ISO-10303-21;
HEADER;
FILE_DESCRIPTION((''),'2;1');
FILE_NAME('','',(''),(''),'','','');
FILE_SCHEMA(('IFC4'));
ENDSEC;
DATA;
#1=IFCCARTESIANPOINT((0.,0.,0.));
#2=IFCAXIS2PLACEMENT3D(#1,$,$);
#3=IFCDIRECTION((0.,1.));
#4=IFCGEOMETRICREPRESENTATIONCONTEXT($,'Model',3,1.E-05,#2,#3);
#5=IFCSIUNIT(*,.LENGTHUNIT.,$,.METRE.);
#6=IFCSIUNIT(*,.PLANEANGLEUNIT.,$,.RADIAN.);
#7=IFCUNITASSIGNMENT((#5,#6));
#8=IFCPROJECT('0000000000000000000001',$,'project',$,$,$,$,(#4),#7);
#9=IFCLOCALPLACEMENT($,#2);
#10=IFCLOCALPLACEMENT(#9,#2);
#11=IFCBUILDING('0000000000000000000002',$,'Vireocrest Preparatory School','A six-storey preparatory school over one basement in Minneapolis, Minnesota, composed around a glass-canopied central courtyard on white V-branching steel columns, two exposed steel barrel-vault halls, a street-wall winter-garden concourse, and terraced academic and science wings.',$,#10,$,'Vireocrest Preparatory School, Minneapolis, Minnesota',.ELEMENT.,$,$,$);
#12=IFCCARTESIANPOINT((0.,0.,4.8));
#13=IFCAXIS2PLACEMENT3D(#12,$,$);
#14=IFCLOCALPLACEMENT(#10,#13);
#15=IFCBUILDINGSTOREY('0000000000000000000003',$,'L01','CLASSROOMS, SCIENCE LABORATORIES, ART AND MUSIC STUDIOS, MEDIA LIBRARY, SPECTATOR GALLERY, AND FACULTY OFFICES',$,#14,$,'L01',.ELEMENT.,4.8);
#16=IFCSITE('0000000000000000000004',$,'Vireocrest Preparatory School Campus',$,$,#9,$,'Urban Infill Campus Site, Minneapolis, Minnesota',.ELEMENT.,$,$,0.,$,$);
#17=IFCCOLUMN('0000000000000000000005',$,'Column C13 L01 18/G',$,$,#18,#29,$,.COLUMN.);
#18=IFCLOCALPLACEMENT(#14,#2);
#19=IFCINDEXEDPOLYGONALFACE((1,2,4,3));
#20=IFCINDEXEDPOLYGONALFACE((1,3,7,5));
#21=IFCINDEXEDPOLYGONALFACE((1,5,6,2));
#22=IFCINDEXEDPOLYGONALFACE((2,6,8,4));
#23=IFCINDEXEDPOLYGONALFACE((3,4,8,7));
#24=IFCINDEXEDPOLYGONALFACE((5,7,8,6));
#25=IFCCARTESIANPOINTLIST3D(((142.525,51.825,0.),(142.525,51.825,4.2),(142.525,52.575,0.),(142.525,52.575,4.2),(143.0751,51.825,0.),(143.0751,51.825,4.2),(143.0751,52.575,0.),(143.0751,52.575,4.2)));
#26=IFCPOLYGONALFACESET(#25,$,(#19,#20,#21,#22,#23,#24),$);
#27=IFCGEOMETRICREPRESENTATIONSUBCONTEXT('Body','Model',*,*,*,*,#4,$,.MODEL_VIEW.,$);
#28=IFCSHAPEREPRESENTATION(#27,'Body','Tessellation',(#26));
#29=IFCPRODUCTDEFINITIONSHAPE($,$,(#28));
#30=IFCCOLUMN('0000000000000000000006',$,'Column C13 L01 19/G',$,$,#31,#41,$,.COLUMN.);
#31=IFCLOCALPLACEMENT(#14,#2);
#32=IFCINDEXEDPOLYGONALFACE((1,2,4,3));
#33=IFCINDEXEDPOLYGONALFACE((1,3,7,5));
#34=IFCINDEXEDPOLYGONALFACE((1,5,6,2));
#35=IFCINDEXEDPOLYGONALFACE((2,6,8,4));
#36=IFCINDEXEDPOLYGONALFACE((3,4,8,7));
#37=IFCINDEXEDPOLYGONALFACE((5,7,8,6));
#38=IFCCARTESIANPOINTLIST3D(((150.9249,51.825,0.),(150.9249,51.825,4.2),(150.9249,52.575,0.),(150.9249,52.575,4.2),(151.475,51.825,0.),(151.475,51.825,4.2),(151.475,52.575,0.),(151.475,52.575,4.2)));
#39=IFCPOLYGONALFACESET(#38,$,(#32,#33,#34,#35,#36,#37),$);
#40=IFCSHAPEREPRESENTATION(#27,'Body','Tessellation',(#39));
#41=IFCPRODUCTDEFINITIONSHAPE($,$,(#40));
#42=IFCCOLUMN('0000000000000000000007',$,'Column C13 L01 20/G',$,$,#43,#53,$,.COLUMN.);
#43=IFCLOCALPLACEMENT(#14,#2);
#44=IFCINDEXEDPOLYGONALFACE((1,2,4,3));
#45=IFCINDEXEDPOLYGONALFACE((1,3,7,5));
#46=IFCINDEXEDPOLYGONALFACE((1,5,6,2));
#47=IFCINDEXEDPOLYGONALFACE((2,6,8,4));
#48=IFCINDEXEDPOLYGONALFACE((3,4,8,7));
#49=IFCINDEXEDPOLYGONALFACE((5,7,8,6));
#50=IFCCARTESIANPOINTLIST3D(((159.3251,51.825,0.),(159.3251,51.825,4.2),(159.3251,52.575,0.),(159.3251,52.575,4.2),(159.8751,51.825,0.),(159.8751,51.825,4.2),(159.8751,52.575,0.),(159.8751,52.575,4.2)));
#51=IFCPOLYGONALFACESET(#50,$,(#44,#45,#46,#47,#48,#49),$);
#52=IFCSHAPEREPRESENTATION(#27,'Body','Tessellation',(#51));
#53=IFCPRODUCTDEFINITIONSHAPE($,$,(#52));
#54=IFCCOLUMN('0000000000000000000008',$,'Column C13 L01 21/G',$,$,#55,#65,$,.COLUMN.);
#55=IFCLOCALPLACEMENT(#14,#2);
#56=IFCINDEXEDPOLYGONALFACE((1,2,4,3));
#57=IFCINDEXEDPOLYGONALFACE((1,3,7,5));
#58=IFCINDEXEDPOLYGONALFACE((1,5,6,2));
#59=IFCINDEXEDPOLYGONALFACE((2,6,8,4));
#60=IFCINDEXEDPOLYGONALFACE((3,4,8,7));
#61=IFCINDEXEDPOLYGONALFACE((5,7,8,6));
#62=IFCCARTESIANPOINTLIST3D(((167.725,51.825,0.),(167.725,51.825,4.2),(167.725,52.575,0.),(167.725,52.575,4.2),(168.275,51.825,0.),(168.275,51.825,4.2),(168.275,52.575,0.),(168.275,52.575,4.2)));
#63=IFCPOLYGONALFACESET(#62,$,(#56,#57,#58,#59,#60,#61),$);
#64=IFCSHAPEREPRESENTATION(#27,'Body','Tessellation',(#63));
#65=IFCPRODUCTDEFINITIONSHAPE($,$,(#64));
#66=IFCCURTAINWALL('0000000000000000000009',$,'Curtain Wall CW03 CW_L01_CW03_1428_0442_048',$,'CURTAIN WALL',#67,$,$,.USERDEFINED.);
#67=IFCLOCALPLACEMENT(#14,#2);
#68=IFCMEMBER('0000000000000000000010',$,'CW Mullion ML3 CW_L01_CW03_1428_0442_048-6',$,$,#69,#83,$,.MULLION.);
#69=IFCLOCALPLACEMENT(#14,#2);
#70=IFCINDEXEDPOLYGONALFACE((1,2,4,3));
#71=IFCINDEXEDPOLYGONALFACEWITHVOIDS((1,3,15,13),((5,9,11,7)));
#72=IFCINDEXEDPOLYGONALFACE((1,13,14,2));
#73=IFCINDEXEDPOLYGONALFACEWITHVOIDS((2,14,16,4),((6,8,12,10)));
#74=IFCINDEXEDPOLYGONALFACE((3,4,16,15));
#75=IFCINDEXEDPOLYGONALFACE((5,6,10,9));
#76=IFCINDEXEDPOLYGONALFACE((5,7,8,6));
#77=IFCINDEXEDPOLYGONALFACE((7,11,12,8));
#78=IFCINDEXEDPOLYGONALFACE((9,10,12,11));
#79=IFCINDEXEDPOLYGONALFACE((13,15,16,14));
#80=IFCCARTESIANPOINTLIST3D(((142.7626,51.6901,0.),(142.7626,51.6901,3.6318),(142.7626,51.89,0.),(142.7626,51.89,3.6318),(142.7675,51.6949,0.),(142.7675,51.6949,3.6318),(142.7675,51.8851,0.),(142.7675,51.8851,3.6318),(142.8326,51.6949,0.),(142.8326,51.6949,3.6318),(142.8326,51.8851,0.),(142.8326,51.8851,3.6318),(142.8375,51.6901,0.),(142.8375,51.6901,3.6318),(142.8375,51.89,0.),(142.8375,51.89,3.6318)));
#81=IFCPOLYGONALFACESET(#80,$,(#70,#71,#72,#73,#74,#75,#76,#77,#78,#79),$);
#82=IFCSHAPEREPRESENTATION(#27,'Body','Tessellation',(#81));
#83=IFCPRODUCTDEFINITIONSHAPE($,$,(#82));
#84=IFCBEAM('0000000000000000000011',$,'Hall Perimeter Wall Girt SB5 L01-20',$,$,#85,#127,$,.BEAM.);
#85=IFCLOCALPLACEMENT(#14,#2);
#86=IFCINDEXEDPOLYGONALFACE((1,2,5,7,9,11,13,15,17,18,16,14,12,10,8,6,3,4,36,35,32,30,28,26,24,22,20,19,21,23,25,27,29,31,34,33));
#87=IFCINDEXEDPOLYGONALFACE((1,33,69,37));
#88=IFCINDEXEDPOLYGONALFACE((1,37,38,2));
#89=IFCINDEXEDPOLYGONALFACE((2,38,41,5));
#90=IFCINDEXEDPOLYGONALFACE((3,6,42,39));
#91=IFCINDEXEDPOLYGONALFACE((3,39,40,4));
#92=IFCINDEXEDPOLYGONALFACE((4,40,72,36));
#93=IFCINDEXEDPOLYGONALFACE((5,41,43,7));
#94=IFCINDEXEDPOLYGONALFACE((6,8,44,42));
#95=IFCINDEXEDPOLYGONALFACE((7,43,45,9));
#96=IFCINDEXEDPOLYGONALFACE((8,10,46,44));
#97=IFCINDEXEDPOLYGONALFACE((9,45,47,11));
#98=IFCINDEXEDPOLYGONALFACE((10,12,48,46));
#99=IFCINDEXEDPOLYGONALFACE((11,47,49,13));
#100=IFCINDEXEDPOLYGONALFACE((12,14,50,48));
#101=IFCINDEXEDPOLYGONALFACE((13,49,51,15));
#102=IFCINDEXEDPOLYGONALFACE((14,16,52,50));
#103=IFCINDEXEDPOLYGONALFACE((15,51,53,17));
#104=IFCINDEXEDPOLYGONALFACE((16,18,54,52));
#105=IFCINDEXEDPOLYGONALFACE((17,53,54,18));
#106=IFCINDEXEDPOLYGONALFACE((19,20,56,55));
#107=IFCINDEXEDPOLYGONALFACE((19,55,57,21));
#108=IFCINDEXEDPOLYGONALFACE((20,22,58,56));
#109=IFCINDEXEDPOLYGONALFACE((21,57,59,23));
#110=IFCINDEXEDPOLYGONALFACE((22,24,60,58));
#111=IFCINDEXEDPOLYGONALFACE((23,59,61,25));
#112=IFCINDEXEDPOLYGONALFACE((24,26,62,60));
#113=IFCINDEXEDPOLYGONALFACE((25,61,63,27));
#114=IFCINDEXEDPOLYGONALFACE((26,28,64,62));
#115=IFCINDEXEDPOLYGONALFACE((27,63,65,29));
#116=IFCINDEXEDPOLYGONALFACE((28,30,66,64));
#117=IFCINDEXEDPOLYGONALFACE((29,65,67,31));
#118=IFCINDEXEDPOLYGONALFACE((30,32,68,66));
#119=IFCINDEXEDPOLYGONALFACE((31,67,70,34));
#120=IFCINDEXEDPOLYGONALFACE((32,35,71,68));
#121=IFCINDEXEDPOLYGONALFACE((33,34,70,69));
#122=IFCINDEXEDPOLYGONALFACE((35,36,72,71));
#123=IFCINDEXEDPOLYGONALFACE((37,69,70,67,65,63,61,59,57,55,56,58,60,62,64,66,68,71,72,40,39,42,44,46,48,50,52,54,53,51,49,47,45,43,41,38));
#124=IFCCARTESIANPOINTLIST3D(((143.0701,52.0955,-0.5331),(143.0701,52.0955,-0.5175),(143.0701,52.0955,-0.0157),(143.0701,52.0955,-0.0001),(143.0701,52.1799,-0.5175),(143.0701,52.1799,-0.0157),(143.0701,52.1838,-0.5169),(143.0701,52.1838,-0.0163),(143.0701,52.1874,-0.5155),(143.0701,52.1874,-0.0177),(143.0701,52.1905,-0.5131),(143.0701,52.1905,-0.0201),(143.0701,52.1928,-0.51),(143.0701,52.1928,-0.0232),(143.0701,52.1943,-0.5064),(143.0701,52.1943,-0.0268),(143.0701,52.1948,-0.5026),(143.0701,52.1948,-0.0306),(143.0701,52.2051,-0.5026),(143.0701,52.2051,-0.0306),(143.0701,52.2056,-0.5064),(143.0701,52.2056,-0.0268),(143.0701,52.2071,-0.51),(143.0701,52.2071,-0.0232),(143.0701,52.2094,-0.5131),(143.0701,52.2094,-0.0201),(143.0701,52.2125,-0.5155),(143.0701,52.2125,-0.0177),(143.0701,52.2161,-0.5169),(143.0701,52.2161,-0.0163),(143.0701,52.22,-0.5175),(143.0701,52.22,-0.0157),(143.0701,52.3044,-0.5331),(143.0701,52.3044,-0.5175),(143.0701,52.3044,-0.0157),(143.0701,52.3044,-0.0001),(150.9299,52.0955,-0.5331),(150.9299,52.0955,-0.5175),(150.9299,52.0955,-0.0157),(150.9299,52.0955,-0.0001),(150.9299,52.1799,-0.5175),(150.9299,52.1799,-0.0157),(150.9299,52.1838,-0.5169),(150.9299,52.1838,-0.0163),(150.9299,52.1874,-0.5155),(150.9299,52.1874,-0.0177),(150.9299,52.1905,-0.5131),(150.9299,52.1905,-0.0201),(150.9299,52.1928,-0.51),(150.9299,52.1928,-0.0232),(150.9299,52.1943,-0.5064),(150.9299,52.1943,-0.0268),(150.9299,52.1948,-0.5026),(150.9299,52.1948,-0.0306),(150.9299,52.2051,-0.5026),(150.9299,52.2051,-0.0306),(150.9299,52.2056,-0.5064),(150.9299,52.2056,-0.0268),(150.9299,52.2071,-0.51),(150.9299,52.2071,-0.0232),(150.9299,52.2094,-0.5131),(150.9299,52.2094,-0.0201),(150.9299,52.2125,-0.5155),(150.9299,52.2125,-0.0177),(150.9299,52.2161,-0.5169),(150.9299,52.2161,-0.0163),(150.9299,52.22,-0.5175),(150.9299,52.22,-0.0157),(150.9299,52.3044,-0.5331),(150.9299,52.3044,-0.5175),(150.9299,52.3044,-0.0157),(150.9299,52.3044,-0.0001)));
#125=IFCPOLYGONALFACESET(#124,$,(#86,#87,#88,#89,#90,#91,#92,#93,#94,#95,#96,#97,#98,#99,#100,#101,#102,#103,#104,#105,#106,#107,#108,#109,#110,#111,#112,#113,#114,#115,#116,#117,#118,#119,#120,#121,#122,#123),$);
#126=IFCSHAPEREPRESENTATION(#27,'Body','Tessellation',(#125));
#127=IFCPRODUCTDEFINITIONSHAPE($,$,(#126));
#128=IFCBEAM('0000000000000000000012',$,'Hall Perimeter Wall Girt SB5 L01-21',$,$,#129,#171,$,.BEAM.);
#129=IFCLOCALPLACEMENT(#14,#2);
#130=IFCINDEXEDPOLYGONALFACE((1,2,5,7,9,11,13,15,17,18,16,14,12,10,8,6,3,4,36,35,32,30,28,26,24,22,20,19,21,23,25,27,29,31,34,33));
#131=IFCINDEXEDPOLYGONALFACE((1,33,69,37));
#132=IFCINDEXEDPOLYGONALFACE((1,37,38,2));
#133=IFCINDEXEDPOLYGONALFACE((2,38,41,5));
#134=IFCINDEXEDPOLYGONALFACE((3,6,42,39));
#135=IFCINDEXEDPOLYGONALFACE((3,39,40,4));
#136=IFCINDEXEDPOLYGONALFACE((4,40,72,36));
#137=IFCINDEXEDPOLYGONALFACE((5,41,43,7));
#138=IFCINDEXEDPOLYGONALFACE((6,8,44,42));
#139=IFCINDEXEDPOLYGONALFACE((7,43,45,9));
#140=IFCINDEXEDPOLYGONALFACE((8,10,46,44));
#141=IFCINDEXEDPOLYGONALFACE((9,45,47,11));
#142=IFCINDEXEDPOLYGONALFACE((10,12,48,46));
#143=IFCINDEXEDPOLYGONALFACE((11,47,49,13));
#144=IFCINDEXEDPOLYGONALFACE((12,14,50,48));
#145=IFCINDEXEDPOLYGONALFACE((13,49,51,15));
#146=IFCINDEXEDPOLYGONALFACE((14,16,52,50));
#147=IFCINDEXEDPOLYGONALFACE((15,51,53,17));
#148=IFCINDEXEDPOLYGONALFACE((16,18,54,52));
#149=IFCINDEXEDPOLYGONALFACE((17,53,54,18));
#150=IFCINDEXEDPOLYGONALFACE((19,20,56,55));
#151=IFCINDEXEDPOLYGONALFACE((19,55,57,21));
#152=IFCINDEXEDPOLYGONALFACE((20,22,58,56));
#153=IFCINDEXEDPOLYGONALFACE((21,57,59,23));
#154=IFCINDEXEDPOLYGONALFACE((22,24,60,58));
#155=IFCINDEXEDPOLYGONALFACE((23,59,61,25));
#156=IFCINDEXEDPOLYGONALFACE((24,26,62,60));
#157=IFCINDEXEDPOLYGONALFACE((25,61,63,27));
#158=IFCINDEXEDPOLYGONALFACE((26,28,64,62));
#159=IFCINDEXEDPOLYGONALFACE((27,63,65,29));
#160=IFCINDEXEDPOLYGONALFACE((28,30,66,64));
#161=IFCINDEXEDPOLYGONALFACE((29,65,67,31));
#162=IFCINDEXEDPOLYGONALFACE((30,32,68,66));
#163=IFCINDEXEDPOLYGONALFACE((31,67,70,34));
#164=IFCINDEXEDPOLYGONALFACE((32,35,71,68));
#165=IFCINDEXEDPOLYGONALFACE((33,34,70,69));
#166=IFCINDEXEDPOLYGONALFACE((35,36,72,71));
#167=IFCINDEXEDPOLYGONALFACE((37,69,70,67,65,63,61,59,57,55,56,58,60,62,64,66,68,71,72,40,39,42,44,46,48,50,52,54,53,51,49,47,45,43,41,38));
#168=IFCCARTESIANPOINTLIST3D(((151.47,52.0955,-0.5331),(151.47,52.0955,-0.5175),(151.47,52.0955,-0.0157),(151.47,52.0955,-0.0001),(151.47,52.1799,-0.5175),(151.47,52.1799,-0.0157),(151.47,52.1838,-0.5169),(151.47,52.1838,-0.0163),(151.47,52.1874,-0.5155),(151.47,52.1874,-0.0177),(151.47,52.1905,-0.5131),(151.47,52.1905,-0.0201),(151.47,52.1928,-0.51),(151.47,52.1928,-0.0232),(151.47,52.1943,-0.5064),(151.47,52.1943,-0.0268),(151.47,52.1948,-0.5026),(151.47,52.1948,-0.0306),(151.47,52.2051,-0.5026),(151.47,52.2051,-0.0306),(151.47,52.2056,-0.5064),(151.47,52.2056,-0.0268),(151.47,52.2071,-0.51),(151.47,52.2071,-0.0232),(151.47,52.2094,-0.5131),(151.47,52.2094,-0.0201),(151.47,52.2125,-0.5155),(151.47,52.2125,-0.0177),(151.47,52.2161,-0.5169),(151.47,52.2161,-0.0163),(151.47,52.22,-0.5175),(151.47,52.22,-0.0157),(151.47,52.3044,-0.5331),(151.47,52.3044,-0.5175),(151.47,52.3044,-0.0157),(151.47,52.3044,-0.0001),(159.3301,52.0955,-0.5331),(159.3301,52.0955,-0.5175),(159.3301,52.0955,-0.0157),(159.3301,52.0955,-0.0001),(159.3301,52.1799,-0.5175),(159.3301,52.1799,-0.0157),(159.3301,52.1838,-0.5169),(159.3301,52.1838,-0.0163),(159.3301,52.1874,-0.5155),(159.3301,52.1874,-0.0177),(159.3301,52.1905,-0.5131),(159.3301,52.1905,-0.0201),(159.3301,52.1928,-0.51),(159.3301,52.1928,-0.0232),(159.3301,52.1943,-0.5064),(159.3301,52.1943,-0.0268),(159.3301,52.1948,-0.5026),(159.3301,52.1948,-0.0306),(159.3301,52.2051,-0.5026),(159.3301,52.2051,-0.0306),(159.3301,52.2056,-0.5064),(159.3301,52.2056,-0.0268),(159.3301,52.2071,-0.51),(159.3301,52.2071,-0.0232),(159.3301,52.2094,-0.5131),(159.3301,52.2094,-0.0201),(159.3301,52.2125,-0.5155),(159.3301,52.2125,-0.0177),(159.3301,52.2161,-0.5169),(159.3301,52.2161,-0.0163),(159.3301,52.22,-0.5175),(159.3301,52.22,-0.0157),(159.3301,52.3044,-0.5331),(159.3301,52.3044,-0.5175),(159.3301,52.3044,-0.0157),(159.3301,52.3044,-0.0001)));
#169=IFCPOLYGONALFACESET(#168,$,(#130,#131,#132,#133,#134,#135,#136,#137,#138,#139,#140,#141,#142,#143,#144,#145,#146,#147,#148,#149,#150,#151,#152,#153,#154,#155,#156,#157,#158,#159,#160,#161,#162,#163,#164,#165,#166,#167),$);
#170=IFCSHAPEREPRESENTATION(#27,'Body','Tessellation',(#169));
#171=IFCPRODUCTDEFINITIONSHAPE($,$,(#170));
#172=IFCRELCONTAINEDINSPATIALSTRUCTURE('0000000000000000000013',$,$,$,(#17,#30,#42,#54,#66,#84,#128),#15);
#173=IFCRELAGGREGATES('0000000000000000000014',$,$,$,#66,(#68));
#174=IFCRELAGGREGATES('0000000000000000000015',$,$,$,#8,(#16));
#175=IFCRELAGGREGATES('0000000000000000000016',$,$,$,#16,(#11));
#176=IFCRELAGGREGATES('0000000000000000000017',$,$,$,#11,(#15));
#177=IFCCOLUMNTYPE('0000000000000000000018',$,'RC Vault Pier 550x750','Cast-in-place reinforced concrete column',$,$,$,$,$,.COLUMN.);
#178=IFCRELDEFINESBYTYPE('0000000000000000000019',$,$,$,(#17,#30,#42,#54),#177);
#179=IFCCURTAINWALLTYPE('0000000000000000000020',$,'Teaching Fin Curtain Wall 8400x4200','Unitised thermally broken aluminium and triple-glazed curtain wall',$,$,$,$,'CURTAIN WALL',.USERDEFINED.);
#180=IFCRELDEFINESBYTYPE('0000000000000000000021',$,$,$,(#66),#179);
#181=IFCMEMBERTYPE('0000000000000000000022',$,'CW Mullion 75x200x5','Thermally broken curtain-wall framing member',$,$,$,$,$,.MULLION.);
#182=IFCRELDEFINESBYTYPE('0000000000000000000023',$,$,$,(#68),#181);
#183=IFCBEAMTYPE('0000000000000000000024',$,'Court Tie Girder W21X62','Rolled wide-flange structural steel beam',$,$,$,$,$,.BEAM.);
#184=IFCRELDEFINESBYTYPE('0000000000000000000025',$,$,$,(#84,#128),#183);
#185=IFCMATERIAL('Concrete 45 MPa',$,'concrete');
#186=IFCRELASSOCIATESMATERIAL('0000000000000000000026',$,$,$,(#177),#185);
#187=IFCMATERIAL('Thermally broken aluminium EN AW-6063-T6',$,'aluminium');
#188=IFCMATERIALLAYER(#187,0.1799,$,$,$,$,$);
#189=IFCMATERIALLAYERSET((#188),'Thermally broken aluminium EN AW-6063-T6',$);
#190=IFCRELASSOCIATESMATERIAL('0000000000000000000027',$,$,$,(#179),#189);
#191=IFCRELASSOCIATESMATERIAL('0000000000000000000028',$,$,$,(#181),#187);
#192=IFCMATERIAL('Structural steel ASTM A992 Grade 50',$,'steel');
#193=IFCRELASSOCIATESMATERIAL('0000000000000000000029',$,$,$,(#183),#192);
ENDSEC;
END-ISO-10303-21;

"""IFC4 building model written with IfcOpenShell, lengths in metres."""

from ifc_helpers import new_model, si_unit, direction, frame, origin, origin_2d, place, context, subcontext, project, spatial, rectangle, hollow_rectangle, i_section, extrude, material, layer, layer_set, material_profile, profile_set, type_object, element, aggregate, save


model = new_model("IFC4")

# Units and contexts
model_context = context("Model", 3, precision=1e-05, world=origin(), true_north=direction((0.0, 1.0)))
body_context = subcontext(model_context, "Body", "Model", "MODEL_VIEW")
ifc_project = project(units=[si_unit("LENGTHUNIT", "METRE"), si_unit("PLANEANGLEUNIT", "RADIAN")], contexts=[model_context])

# Site, building, storey
site_placement = place(None, origin())
site = spatial("IfcSite", under=ifc_project, at=site_placement, Name="Vireocrest Preparatory School Campus", LongName="Urban Infill Campus Site, Minneapolis, Minnesota", CompositionType="ELEMENT", RefElevation=0.0)
building_placement = place(site_placement, origin())
building = spatial("IfcBuilding", under=site, at=building_placement, Name="Vireocrest Preparatory School", Description="A six-storey preparatory school over one basement in Minneapolis, Minnesota, composed around a glass-canopied central courtyard on white V-branching steel columns, two exposed steel barrel-vault halls, a street-wall winter-garden concourse, and terraced academic and science wings.", LongName="Vireocrest Preparatory School, Minneapolis, Minnesota", CompositionType="ELEMENT")
storey_placement = place(building_placement, frame((0.0, 0.0, 4.8)))
storey = spatial("IfcBuildingStorey", under=building, at=storey_placement, Name="L01", Description="CLASSROOMS, SCIENCE LABORATORIES, ART AND MUSIC STUDIOS, MEDIA LIBRARY, SPECTATOR GALLERY, AND FACULTY OFFICES", LongName="L01", CompositionType="ELEMENT", Elevation=4.8)

# Columns
ifc_material_1 = material(Name="Concrete 45 MPa", Category="concrete")
ifc_material_profile_1 = material_profile(ifc_material_1, rectangle(XDim=0.55, YDim=0.75, at=origin_2d()), Name="RC 550x750")
ifc_profile_set_1 = profile_set([ifc_material_profile_1], Name="Concrete 45 MPa")
column_type = type_object("IfcColumnType", Name="RC Vault Pier 550x750", Description="Cast-in-place reinforced concrete column", PredefinedType="COLUMN", material=ifc_profile_set_1)
for number, where, z_axis, x_axis, name in (
    (1, (142.8, 52.2, 0.0), (0.0, 0.0, 1.0), (1.0, 0.0, 0.0), "Column C13 L01 18/G"),
    (2, (151.2, 52.2, 0.0), (0.0, 0.0, 1.0), (1.0, 0.0, 0.0), "Column C13 L01 19/G"),
    (3, (159.6001, 52.2, 0.0), (0.0, 0.0, 1.0), (1.0, 0.0, 0.0), "Column C13 L01 20/G"),
    (4, (168.0, 52.2, 0.0), (0.0, 0.0, 1.0), (1.0, 0.0, 0.0), "Column C13 L01 21/G"),
):
    element("IfcColumn", number, at=place(storey_placement, frame(where, z_axis=z_axis, x_axis=x_axis)), inside=storey, type_object=column_type, Name=name, PredefinedType="COLUMN", context=body_context, shape_type="SweptSolid", body=[
        extrude(rectangle(XDim=0.55, YDim=0.75, at=origin_2d()), origin(), (0.0, 0.0, 1.0), 4.2),
    ])

# Curtain wall, member
ifc_material_2 = material(Name="Thermally broken aluminium EN AW-6063-T6", Category="aluminium")
ifc_layer_1 = layer(ifc_material_2, 0.1799)
ifc_layer_set_1 = layer_set([ifc_layer_1], Name="Thermally broken aluminium EN AW-6063-T6")
curtain_wall_type = type_object("IfcCurtainWallType", Name="Teaching Fin Curtain Wall 8400x4200", Description="Unitised thermally broken aluminium and triple-glazed curtain wall", ElementType="CURTAIN WALL", PredefinedType="USERDEFINED", material=ifc_layer_set_1)
curtain_wall_placement = place(storey_placement, origin())
curtain_wall = element("IfcCurtainWall", 5, at=curtain_wall_placement, inside=storey, type_object=curtain_wall_type, Name="Curtain Wall CW03 CW_L01_CW03_1428_0442_048", ObjectType="CURTAIN WALL", PredefinedType="USERDEFINED")
ifc_material_profile_2 = material_profile(ifc_material_2, hollow_rectangle(XDim=0.075, YDim=0.2, WallThickness=0.0049, at=origin_2d()), Name="ALU 75x200x5")
ifc_profile_set_2 = profile_set([ifc_material_profile_2], Name="Thermally broken aluminium EN AW-6063-T6")
member_type = type_object("IfcMemberType", Name="CW Mullion 75x200x5", Description="Thermally broken curtain-wall framing member", PredefinedType="MULLION", material=ifc_profile_set_2)
member_placement = place(storey_placement, frame((142.8, 51.79, 0.0), z_axis=(0.0, 0.0, 1.0), x_axis=(1.0, 0.0, 0.0)))
member = element("IfcMember", 6, at=member_placement, type_object=member_type, Name="CW Mullion ML3 CW_L01_CW03_1428_0442_048-6", PredefinedType="MULLION", context=body_context, shape_type="SweptSolid", body=[
    extrude(hollow_rectangle(XDim=0.075, YDim=0.2, WallThickness=0.0049, at=origin_2d()), origin(), (0.0, 0.0, 1.0), 3.6318),
])

# Beams
ifc_material_3 = material(Name="Structural steel ASTM A992 Grade 50", Category="steel")
ifc_material_profile_3 = material_profile(ifc_material_3, i_section(OverallWidth=0.209, OverallDepth=0.533, WebThickness=0.0103, FlangeThickness=0.0156, FilletRadius=0.0149, at=origin_2d()), Name="W21X62")
ifc_profile_set_3 = profile_set([ifc_material_profile_3], Name="Structural steel ASTM A992 Grade 50")
beam_type_1 = type_object("IfcBeamType", Name="Court Tie Girder W21X62", Description="Rolled wide-flange structural steel beam", PredefinedType="BEAM", material=ifc_profile_set_3)
beam_1_placement = place(storey_placement, frame((143.0701, 52.2, -0.2666), z_axis=(1.0, 0.0, 0.0), x_axis=(0.0, 1.0, 0.0)))
element("IfcBeam", 7, at=beam_1_placement, inside=storey, type_object=beam_type_1, Name="Hall Perimeter Wall Girt SB5 L01-20", PredefinedType="BEAM", context=body_context, shape_type="SweptSolid", body=[
    extrude(i_section(OverallWidth=0.209, OverallDepth=0.533, WebThickness=0.0103, FlangeThickness=0.0156, FilletRadius=0.0149, at=origin_2d()), origin(), (0.0, 0.0, 1.0), 7.8599),
])
beam_2_placement = place(storey_placement, frame((151.47, 52.2, -0.2666), z_axis=(1.0, 0.0, 0.0), x_axis=(0.0, 1.0, 0.0)))
element("IfcBeam", 8, at=beam_2_placement, inside=storey, type_object=beam_type_1, Name="Hall Perimeter Wall Girt SB5 L01-21", PredefinedType="BEAM", context=body_context, shape_type="SweptSolid", body=[
    extrude(i_section(OverallWidth=0.209, OverallDepth=0.533, WebThickness=0.0103, FlangeThickness=0.0156, FilletRadius=0.0149, at=origin_2d()), origin(), (0.0, 0.0, 1.0), 7.8601),
])

aggregate(curtain_wall, [member])

save(model, "model.ifc")
